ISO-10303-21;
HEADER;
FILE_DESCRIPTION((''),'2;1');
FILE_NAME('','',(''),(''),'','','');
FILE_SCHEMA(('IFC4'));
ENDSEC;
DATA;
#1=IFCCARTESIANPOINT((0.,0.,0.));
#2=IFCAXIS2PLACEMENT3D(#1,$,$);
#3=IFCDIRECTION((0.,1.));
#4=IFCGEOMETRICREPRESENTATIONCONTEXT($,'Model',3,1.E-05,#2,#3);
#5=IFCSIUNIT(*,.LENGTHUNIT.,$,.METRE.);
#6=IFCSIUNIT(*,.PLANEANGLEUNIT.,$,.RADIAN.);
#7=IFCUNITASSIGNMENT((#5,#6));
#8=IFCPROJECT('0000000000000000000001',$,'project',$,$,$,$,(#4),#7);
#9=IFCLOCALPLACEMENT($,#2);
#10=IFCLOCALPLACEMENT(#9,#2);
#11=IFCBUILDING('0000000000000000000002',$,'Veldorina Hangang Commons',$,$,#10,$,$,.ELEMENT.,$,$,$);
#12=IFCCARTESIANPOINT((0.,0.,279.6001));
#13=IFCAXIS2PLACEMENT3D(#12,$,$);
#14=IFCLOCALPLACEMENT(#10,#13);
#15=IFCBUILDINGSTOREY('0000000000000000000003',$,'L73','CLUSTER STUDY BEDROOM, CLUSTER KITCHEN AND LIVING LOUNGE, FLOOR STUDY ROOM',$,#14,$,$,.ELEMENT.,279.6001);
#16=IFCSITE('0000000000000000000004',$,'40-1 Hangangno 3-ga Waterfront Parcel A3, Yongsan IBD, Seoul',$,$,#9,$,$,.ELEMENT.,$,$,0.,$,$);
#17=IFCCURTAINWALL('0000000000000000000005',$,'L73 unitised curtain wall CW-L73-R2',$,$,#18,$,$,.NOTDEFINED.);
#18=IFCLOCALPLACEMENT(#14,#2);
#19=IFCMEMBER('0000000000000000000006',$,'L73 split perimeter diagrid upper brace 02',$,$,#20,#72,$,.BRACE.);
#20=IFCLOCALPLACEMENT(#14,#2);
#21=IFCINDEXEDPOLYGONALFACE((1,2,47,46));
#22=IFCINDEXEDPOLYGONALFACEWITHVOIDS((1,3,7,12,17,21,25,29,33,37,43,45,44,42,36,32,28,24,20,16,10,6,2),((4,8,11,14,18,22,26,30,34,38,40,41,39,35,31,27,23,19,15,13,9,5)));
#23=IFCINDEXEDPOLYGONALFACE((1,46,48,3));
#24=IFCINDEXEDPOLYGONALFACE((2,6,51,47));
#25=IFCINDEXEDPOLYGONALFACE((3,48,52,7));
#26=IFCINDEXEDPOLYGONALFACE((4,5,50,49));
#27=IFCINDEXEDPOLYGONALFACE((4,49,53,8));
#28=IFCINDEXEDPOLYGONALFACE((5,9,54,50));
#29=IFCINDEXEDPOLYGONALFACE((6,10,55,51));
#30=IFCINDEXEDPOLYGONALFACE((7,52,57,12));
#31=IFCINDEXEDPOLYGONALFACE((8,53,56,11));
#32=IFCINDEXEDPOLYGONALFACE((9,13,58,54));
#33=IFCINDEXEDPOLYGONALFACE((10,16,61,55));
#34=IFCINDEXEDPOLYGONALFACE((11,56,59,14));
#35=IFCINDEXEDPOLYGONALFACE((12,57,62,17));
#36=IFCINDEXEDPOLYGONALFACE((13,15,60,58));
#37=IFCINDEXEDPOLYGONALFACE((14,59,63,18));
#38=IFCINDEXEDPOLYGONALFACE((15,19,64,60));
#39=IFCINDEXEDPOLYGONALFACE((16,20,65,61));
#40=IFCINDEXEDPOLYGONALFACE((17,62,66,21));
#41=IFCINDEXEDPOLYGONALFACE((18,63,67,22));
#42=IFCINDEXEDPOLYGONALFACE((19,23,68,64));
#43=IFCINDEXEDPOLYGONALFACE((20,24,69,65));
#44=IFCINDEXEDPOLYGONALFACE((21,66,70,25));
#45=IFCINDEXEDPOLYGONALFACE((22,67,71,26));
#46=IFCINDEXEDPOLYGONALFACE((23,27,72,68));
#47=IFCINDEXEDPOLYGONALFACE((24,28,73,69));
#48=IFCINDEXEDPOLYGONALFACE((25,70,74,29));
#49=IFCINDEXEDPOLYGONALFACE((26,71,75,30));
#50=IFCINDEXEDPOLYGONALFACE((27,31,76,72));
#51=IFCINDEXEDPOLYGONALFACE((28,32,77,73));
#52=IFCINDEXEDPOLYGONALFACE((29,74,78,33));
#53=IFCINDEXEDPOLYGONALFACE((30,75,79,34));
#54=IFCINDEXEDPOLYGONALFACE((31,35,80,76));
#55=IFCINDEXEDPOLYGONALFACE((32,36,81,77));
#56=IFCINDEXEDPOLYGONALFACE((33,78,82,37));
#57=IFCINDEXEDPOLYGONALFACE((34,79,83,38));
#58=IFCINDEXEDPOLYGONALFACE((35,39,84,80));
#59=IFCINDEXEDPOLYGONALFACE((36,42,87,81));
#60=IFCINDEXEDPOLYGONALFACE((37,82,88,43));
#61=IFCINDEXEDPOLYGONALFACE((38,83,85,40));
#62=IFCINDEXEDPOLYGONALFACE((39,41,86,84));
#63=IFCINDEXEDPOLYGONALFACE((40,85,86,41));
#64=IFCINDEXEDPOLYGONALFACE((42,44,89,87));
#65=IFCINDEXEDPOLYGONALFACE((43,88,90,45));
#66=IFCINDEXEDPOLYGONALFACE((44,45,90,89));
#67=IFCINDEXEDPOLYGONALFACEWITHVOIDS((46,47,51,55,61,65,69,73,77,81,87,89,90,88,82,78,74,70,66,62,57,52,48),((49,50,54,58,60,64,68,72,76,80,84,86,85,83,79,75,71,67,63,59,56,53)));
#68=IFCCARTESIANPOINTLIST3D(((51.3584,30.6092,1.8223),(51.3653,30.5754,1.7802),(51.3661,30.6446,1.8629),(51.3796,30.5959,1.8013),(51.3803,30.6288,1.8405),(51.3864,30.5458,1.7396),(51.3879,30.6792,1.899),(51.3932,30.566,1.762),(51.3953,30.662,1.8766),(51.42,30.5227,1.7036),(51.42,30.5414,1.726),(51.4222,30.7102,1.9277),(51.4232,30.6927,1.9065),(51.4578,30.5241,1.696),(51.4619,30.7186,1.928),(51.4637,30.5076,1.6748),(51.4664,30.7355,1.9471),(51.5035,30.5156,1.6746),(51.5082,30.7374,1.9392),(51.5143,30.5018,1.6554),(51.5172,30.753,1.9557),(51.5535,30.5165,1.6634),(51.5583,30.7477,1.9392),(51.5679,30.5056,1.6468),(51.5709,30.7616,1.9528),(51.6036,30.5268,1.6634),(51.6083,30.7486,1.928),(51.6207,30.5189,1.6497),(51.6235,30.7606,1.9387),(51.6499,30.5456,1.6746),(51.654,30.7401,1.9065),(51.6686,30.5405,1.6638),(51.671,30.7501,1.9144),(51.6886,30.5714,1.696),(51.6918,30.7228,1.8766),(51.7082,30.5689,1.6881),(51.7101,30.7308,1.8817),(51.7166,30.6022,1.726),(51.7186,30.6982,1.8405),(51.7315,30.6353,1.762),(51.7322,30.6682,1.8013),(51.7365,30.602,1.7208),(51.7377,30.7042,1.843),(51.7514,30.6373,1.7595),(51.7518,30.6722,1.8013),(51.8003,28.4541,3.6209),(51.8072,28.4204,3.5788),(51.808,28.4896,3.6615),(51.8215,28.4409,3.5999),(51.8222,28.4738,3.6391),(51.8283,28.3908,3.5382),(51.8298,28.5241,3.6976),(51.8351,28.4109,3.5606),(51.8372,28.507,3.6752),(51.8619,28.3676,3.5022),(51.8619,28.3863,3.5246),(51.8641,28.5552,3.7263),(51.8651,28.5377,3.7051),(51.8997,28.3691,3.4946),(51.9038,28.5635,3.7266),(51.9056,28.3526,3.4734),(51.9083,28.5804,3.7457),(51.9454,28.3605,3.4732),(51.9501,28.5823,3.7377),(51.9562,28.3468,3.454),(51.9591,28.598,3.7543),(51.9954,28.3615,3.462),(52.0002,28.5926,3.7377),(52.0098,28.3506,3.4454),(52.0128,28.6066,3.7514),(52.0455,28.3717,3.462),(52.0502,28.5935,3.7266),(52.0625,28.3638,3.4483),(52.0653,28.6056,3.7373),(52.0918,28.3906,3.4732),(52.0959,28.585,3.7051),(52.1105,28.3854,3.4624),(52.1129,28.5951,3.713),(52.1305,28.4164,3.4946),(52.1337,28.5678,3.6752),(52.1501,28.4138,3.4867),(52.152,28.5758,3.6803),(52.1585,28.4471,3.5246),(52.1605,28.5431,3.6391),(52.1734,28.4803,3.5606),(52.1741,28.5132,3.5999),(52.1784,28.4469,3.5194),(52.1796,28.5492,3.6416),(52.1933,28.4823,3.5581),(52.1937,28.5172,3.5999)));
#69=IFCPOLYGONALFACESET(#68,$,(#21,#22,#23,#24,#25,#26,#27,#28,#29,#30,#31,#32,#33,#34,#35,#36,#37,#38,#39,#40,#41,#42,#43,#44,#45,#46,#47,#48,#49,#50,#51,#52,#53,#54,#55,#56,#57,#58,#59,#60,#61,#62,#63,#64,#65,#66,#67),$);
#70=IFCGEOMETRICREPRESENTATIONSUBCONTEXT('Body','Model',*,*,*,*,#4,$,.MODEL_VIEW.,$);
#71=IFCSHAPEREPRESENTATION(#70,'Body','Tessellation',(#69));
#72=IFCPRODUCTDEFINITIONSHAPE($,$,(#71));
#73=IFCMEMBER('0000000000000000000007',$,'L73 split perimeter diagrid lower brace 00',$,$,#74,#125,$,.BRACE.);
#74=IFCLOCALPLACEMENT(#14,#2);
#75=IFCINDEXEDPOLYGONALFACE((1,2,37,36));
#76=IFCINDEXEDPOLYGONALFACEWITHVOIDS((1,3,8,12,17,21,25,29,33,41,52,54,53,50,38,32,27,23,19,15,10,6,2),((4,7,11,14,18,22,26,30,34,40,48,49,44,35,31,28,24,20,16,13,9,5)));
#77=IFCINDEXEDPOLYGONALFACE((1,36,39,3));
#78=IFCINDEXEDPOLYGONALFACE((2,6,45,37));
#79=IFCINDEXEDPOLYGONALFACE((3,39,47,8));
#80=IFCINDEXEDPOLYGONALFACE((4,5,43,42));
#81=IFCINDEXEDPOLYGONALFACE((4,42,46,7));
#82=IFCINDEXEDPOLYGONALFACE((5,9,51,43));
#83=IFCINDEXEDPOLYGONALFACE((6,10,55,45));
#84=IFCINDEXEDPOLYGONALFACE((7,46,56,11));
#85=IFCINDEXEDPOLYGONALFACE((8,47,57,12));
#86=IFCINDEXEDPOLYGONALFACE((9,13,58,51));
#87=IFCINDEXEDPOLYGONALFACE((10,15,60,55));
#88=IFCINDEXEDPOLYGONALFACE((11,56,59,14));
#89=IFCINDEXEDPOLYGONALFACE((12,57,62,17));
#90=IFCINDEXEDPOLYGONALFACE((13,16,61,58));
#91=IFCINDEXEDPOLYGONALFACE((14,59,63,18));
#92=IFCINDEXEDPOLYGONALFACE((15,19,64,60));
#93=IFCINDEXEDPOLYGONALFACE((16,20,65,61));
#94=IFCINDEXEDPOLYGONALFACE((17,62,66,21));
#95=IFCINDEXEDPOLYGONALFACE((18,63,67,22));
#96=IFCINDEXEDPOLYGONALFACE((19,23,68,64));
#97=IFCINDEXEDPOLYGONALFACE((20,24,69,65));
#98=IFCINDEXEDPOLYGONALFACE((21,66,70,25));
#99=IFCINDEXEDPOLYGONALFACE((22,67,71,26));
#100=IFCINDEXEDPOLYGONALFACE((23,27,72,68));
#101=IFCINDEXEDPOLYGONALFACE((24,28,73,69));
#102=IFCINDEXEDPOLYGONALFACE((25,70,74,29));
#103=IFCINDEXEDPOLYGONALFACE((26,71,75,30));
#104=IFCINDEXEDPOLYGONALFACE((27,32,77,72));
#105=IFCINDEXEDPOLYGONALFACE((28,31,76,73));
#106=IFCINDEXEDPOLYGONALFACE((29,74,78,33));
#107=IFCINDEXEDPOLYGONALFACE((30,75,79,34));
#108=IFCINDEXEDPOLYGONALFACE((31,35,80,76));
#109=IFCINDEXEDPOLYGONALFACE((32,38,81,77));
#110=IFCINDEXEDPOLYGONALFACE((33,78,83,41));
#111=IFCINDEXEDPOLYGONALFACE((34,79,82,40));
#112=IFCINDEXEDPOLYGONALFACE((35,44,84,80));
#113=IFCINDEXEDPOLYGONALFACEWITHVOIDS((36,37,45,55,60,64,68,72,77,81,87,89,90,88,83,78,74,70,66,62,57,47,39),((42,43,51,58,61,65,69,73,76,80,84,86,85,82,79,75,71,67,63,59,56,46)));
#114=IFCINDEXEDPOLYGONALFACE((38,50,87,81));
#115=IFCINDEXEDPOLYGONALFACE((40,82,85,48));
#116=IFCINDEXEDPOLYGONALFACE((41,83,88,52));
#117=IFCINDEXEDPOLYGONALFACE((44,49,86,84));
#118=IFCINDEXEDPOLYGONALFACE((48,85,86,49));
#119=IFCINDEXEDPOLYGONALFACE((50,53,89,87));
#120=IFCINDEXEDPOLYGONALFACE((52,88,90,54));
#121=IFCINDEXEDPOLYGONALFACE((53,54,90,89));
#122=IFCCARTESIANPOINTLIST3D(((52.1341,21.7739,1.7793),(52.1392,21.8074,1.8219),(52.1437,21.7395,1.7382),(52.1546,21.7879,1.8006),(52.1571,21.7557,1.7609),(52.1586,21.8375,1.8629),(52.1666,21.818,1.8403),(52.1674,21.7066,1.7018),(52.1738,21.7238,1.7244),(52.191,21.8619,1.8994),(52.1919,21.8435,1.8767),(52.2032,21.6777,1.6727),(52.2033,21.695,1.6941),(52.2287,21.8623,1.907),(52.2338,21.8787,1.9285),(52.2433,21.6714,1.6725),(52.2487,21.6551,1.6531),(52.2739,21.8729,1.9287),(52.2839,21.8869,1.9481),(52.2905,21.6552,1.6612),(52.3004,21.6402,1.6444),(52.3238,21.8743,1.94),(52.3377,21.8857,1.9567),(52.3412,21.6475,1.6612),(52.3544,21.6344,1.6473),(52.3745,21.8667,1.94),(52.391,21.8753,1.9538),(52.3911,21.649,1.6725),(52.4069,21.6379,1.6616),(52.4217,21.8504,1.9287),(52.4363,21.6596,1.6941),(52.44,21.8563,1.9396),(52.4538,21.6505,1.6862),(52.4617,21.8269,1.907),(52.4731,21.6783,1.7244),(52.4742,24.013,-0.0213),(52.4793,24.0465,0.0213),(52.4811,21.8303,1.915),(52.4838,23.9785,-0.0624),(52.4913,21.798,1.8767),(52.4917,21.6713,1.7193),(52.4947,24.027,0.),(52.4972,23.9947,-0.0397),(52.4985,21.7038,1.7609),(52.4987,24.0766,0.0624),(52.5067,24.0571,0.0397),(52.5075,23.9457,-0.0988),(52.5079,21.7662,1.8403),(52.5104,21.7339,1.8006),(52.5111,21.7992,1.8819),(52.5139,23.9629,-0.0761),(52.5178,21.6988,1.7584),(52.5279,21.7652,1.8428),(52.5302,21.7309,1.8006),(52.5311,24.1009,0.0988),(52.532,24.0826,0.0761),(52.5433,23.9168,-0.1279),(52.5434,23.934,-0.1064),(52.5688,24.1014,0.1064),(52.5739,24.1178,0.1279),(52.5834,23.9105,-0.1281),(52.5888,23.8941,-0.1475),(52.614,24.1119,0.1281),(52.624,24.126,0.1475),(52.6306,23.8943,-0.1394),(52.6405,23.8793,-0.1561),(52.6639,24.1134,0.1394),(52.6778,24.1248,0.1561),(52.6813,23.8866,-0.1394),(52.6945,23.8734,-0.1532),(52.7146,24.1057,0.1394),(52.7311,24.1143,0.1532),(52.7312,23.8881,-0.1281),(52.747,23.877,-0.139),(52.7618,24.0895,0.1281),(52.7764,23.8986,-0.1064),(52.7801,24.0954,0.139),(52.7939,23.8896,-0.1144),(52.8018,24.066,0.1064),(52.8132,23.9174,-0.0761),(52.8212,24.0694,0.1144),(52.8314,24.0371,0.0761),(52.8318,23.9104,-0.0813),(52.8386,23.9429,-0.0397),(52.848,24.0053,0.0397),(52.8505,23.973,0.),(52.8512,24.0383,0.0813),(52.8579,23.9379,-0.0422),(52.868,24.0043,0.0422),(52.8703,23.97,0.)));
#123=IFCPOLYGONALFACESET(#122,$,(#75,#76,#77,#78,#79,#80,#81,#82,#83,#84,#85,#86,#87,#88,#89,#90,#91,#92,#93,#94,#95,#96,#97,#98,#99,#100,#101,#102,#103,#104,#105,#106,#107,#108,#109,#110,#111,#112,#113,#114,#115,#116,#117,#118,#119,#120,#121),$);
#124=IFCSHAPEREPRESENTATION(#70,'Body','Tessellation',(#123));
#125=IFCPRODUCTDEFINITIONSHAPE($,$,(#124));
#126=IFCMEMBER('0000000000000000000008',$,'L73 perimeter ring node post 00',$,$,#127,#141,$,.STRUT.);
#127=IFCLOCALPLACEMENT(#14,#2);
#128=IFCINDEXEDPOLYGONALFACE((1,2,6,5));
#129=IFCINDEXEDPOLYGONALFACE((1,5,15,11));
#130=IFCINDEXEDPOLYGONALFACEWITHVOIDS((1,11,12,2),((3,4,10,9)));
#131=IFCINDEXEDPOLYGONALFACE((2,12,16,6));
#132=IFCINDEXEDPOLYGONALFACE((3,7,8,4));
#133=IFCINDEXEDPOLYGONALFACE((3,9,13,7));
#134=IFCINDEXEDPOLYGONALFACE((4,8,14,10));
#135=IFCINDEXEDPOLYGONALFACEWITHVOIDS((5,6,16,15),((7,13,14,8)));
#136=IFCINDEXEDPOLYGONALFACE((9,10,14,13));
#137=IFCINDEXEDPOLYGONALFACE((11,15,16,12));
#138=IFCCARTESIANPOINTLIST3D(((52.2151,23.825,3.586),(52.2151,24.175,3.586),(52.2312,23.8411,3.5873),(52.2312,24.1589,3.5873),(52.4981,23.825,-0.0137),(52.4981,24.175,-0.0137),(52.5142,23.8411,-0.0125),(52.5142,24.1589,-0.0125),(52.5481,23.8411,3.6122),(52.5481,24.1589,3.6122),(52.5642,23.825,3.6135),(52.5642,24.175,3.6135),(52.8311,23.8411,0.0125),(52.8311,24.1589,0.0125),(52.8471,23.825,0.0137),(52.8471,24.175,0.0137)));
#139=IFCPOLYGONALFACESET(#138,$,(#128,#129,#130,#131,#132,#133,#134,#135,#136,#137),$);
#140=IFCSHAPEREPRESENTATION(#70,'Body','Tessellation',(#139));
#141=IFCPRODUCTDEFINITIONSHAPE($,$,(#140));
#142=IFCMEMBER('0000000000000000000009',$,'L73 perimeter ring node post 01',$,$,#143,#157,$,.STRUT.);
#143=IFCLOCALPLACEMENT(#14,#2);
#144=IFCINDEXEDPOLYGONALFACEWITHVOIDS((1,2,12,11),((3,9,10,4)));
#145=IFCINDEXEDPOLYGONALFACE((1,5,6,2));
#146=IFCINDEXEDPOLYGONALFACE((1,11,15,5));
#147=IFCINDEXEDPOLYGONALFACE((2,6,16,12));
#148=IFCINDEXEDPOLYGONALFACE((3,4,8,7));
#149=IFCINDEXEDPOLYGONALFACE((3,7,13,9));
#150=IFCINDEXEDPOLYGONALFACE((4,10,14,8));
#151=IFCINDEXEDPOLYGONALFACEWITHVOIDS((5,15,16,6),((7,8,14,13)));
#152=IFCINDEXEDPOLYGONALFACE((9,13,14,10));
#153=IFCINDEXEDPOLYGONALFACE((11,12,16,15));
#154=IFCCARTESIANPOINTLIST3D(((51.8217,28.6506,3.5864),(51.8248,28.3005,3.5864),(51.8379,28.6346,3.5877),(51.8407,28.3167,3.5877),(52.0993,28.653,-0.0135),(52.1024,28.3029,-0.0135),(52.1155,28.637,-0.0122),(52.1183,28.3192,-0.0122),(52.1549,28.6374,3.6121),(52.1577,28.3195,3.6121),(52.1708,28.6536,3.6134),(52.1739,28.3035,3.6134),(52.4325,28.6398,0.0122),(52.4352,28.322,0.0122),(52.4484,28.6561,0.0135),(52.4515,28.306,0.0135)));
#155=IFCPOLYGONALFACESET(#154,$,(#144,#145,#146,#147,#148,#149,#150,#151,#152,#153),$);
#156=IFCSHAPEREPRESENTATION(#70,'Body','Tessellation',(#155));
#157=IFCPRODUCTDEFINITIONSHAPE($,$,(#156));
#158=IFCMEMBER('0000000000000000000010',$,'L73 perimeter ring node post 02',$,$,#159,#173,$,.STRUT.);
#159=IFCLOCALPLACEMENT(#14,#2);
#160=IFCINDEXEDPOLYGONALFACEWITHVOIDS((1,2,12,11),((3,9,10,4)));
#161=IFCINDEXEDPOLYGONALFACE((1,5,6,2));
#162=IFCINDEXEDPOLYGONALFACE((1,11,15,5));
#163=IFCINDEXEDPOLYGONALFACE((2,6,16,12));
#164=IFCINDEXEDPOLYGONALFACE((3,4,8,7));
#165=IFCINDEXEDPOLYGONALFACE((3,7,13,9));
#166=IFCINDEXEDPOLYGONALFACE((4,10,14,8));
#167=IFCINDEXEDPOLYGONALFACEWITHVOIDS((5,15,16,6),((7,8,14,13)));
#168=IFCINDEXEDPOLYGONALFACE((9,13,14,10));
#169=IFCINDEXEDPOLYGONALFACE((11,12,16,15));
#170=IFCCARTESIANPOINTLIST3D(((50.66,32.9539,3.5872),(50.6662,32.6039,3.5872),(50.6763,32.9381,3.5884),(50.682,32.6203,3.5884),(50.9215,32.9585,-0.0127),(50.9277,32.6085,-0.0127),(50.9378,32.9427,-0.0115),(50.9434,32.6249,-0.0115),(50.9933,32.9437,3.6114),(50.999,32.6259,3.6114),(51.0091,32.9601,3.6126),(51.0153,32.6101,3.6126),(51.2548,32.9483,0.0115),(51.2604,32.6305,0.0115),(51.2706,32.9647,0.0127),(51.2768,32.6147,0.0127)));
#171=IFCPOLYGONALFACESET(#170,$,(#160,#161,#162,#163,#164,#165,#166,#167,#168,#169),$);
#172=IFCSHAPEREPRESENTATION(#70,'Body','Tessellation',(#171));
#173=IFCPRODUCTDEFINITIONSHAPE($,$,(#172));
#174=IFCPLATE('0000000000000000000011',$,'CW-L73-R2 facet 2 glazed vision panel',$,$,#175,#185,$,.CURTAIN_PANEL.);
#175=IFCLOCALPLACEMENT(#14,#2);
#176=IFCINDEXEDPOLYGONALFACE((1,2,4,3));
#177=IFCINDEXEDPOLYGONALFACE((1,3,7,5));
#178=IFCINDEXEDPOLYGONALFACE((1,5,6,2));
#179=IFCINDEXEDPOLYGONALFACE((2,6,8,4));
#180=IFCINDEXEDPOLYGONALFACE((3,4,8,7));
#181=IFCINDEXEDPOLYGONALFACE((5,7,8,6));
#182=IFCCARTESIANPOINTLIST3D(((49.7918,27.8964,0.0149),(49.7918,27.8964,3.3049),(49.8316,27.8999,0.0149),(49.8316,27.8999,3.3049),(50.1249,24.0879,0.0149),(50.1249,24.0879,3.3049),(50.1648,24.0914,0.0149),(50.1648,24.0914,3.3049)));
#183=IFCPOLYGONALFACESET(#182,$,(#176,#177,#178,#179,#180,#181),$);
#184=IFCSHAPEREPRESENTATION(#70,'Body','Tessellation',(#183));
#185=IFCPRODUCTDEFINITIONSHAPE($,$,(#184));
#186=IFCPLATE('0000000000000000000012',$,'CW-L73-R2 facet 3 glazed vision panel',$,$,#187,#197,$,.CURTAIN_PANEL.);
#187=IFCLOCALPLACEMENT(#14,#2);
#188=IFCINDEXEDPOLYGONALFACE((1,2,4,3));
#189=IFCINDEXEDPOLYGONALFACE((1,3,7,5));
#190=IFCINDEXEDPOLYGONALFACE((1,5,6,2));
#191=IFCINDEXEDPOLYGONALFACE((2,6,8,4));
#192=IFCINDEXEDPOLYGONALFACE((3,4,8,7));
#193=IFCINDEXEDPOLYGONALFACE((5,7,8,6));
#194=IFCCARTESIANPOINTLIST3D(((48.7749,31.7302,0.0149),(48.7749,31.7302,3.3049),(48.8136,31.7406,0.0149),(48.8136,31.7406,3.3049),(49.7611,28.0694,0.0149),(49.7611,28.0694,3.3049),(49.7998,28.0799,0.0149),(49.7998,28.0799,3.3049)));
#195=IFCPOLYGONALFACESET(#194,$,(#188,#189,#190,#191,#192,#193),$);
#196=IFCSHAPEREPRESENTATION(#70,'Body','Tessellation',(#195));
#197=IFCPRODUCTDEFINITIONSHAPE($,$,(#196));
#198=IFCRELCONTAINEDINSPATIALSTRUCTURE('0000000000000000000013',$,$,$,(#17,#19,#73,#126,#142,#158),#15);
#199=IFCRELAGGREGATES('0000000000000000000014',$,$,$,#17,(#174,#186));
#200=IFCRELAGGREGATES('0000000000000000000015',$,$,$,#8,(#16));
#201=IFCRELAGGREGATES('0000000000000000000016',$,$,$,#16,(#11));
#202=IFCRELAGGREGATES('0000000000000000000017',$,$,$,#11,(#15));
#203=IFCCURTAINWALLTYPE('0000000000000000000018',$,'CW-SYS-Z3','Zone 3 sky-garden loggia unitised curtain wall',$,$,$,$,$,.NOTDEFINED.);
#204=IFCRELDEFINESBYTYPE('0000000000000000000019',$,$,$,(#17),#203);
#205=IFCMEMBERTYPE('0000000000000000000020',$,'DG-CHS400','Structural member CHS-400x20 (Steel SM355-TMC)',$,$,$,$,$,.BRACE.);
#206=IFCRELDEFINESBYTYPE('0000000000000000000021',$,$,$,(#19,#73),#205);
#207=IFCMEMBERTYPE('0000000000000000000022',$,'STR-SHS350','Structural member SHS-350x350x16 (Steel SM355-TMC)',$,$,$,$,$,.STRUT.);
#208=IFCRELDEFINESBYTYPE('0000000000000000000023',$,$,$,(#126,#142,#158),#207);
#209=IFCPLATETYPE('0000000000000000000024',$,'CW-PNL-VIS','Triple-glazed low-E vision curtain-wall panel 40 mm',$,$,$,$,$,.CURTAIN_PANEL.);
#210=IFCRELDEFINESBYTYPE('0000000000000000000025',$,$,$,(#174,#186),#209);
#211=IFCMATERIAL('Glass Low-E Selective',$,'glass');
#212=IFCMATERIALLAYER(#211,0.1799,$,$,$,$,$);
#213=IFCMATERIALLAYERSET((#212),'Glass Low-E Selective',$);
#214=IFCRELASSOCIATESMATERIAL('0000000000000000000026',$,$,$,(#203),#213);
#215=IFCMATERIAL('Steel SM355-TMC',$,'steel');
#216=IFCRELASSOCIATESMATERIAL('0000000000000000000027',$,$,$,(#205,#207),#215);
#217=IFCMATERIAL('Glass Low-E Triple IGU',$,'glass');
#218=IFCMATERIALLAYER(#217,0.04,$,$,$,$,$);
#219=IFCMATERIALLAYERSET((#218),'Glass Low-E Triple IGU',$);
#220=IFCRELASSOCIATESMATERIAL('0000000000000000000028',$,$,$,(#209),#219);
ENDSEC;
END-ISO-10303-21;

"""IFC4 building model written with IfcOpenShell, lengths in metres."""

from ifc_helpers import new_model, si_unit, direction, frame, origin, origin_2d, place, context, subcontext, project, spatial, rectangle, hollow_rectangle, hollow_circle, extrude, material, layer, layer_set, material_profile, profile_set, type_object, element, aggregate, save


model = new_model("IFC4")

# Units and contexts
model_context = context("Model", 3, precision=1e-05, world=origin(), true_north=direction((0.0, 1.0)))
body_context = subcontext(model_context, "Body", "Model", "MODEL_VIEW")
ifc_project = project(units=[si_unit("LENGTHUNIT", "METRE"), si_unit("PLANEANGLEUNIT", "RADIAN")], contexts=[model_context])

# Site, building, storey
site_placement = place(None, origin())
site = spatial("IfcSite", under=ifc_project, at=site_placement, Name="40-1 Hangangno 3-ga Waterfront Parcel A3, Yongsan IBD, Seoul", CompositionType="ELEMENT", RefElevation=0.0)
building_placement = place(site_placement, origin())
building = spatial("IfcBuilding", under=site, at=building_placement, Name="Veldorina Hangang Commons", CompositionType="ELEMENT")
storey_placement = place(building_placement, frame((0.0, 0.0, 279.6001)))
storey = spatial("IfcBuildingStorey", under=building, at=storey_placement, Name="L73", Description="CLUSTER STUDY BEDROOM, CLUSTER KITCHEN AND LIVING LOUNGE, FLOOR STUDY ROOM", CompositionType="ELEMENT", Elevation=279.6001)

# Shared definitions
ifc_material_1 = material(Name="Steel SM355-TMC", Category="steel")

# Curtain wall
ifc_material_2 = material(Name="Glass Low-E Selective", Category="glass")
ifc_layer_1 = layer(ifc_material_2, 0.1799)
ifc_layer_set_1 = layer_set([ifc_layer_1], Name="Glass Low-E Selective")
curtain_wall_type = type_object("IfcCurtainWallType", Name="CW-SYS-Z3", Description="Zone 3 sky-garden loggia unitised curtain wall", PredefinedType="NOTDEFINED", material=ifc_layer_set_1)
curtain_wall_placement = place(storey_placement, origin())
curtain_wall = element("IfcCurtainWall", 1, at=curtain_wall_placement, inside=storey, type_object=curtain_wall_type, Name="L73 unitised curtain wall CW-L73-R2", PredefinedType="NOTDEFINED")

# Members
ifc_material_profile_1 = material_profile(ifc_material_1, hollow_circle(Radius=0.2, WallThickness=0.02, at=origin_2d()), Name="CHS-400x20")
ifc_profile_set_1 = profile_set([ifc_material_profile_1], Name="Steel SM355-TMC")
member_type_1 = type_object("IfcMemberType", Name="DG-CHS400", Description="Structural member CHS-400x20 (Steel SM355-TMC)", PredefinedType="BRACE", material=ifc_profile_set_1)
member_1_placement = place(storey_placement, frame((51.5559, 30.6321, 1.8013), z_axis=(0.155513, -0.758403, 0.632962), x_axis=(0.979617, 0.200873, 0.0)))
element("IfcMember", 2, at=member_1_placement, inside=storey, type_object=member_type_1, Name="L73 split perimeter diagrid upper brace 02", PredefinedType="BRACE", context=body_context, shape_type="SweptSolid", body=[
    extrude(hollow_circle(Radius=0.2, WallThickness=0.02, at=origin_2d()), origin(), (0.0, 0.0, 1.0), 2.8416),
])
member_2_placement = place(storey_placement, frame((52.6726, 24.0, 0.0), z_axis=(-0.117546, -0.77388, 0.622328), x_axis=(0.98866, -0.150169, 0.0)))
element("IfcMember", 3, at=member_2_placement, inside=storey, type_object=member_type_1, Name="L73 split perimeter diagrid lower brace 00", PredefinedType="BRACE", context=body_context, shape_type="SweptSolid", body=[
    extrude(hollow_circle(Radius=0.2, WallThickness=0.02, at=origin_2d()), origin(), (0.0, 0.0, 1.0), 2.8933),
])
ifc_material_profile_2 = material_profile(ifc_material_1, hollow_rectangle(XDim=0.3501, YDim=0.3501, WallThickness=0.0161, at=origin_2d()), Name="SHS-350x350x16")
ifc_profile_set_2 = profile_set([ifc_material_profile_2], Name="Steel SM355-TMC")
member_type_2 = type_object("IfcMemberType", Name="STR-SHS350", Description="Structural member SHS-350x350x16 (Steel SM355-TMC)", PredefinedType="STRUT", material=ifc_profile_set_2)
member_3_placement = place(storey_placement, frame((52.6726, 24.0, 0.0), z_axis=(-0.078361, 0.0, 0.996925), x_axis=(0.0, -1.0, 0.0)))
element("IfcMember", 4, at=member_3_placement, inside=storey, type_object=member_type_2, Name="L73 perimeter ring node post 00", PredefinedType="STRUT", context=body_context, shape_type="SweptSolid", body=[
    extrude(hollow_rectangle(XDim=0.3501, YDim=0.3501, WallThickness=0.0161, at=origin_2d()), origin(), (0.0, 0.0, 1.0), 3.6108),
])
member_4_placement = place(storey_placement, frame((52.2754, 28.4795, 0.0), z_axis=(-0.076883, -0.000676, 0.99704), x_axis=(0.008795, -0.999961, 0.0)))
element("IfcMember", 5, at=member_4_placement, inside=storey, type_object=member_type_2, Name="L73 perimeter ring node post 01", PredefinedType="STRUT", context=body_context, shape_type="SweptSolid", body=[
    extrude(hollow_rectangle(XDim=0.3501, YDim=0.3501, WallThickness=0.0161, at=origin_2d()), origin(), (0.0, 0.0, 1.0), 3.6106),
])
member_5_placement = place(storey_placement, frame((51.0991, 32.7866, 0.0), z_axis=(-0.072444, -0.001285, 0.997372), x_axis=(0.017738, -0.999843, 0.0)))
element("IfcMember", 6, at=member_5_placement, inside=storey, type_object=member_type_2, Name="L73 perimeter ring node post 02", PredefinedType="STRUT", context=body_context, shape_type="SweptSolid", body=[
    extrude(hollow_rectangle(XDim=0.3501, YDim=0.3501, WallThickness=0.0161, at=origin_2d()), origin(), (0.0, 0.0, 1.0), 3.6094),
])

# Plates
ifc_material_3 = material(Name="Glass Low-E Triple IGU", Category="glass")
ifc_layer_2 = layer(ifc_material_3, 0.04)
ifc_layer_set_2 = layer_set([ifc_layer_2], Name="Glass Low-E Triple IGU")
plate_type_1 = type_object("IfcPlateType", Name="CW-PNL-VIS", Description="Triple-glazed low-E vision curtain-wall panel 40 mm", PredefinedType="CURTAIN_PANEL", material=ifc_layer_set_2)
plate_1_placement = place(storey_placement, frame((49.9783, 25.9939, 0.0149), z_axis=(0.0, 0.0, 1.0), x_axis=(-0.087138, 0.996196, 0.0)))
plate_1 = element("IfcPlate", 7, at=plate_1_placement, type_object=plate_type_1, Name="CW-L73-R2 facet 2 glazed vision panel", PredefinedType="CURTAIN_PANEL", context=body_context, shape_type="SweptSolid", body=[
    extrude(rectangle(XDim=3.823, YDim=0.04, at=origin_2d()), origin(), (0.0, 0.0, 1.0), 3.29),
])
plate_2_placement = place(storey_placement, frame((49.2874, 29.905, 0.0149), z_axis=(0.0, 0.0, 1.0), x_axis=(-0.260117, 0.965577, 0.0)))
plate_2 = element("IfcPlate", 8, at=plate_2_placement, type_object=plate_type_1, Name="CW-L73-R2 facet 3 glazed vision panel", PredefinedType="CURTAIN_PANEL", context=body_context, shape_type="SweptSolid", body=[
    extrude(rectangle(XDim=3.7913, YDim=0.04, at=origin_2d()), origin(), (0.0, 0.0, 1.0), 3.29),
])
aggregate(curtain_wall, [plate_1, plate_2])

save(model, "model.ifc")
